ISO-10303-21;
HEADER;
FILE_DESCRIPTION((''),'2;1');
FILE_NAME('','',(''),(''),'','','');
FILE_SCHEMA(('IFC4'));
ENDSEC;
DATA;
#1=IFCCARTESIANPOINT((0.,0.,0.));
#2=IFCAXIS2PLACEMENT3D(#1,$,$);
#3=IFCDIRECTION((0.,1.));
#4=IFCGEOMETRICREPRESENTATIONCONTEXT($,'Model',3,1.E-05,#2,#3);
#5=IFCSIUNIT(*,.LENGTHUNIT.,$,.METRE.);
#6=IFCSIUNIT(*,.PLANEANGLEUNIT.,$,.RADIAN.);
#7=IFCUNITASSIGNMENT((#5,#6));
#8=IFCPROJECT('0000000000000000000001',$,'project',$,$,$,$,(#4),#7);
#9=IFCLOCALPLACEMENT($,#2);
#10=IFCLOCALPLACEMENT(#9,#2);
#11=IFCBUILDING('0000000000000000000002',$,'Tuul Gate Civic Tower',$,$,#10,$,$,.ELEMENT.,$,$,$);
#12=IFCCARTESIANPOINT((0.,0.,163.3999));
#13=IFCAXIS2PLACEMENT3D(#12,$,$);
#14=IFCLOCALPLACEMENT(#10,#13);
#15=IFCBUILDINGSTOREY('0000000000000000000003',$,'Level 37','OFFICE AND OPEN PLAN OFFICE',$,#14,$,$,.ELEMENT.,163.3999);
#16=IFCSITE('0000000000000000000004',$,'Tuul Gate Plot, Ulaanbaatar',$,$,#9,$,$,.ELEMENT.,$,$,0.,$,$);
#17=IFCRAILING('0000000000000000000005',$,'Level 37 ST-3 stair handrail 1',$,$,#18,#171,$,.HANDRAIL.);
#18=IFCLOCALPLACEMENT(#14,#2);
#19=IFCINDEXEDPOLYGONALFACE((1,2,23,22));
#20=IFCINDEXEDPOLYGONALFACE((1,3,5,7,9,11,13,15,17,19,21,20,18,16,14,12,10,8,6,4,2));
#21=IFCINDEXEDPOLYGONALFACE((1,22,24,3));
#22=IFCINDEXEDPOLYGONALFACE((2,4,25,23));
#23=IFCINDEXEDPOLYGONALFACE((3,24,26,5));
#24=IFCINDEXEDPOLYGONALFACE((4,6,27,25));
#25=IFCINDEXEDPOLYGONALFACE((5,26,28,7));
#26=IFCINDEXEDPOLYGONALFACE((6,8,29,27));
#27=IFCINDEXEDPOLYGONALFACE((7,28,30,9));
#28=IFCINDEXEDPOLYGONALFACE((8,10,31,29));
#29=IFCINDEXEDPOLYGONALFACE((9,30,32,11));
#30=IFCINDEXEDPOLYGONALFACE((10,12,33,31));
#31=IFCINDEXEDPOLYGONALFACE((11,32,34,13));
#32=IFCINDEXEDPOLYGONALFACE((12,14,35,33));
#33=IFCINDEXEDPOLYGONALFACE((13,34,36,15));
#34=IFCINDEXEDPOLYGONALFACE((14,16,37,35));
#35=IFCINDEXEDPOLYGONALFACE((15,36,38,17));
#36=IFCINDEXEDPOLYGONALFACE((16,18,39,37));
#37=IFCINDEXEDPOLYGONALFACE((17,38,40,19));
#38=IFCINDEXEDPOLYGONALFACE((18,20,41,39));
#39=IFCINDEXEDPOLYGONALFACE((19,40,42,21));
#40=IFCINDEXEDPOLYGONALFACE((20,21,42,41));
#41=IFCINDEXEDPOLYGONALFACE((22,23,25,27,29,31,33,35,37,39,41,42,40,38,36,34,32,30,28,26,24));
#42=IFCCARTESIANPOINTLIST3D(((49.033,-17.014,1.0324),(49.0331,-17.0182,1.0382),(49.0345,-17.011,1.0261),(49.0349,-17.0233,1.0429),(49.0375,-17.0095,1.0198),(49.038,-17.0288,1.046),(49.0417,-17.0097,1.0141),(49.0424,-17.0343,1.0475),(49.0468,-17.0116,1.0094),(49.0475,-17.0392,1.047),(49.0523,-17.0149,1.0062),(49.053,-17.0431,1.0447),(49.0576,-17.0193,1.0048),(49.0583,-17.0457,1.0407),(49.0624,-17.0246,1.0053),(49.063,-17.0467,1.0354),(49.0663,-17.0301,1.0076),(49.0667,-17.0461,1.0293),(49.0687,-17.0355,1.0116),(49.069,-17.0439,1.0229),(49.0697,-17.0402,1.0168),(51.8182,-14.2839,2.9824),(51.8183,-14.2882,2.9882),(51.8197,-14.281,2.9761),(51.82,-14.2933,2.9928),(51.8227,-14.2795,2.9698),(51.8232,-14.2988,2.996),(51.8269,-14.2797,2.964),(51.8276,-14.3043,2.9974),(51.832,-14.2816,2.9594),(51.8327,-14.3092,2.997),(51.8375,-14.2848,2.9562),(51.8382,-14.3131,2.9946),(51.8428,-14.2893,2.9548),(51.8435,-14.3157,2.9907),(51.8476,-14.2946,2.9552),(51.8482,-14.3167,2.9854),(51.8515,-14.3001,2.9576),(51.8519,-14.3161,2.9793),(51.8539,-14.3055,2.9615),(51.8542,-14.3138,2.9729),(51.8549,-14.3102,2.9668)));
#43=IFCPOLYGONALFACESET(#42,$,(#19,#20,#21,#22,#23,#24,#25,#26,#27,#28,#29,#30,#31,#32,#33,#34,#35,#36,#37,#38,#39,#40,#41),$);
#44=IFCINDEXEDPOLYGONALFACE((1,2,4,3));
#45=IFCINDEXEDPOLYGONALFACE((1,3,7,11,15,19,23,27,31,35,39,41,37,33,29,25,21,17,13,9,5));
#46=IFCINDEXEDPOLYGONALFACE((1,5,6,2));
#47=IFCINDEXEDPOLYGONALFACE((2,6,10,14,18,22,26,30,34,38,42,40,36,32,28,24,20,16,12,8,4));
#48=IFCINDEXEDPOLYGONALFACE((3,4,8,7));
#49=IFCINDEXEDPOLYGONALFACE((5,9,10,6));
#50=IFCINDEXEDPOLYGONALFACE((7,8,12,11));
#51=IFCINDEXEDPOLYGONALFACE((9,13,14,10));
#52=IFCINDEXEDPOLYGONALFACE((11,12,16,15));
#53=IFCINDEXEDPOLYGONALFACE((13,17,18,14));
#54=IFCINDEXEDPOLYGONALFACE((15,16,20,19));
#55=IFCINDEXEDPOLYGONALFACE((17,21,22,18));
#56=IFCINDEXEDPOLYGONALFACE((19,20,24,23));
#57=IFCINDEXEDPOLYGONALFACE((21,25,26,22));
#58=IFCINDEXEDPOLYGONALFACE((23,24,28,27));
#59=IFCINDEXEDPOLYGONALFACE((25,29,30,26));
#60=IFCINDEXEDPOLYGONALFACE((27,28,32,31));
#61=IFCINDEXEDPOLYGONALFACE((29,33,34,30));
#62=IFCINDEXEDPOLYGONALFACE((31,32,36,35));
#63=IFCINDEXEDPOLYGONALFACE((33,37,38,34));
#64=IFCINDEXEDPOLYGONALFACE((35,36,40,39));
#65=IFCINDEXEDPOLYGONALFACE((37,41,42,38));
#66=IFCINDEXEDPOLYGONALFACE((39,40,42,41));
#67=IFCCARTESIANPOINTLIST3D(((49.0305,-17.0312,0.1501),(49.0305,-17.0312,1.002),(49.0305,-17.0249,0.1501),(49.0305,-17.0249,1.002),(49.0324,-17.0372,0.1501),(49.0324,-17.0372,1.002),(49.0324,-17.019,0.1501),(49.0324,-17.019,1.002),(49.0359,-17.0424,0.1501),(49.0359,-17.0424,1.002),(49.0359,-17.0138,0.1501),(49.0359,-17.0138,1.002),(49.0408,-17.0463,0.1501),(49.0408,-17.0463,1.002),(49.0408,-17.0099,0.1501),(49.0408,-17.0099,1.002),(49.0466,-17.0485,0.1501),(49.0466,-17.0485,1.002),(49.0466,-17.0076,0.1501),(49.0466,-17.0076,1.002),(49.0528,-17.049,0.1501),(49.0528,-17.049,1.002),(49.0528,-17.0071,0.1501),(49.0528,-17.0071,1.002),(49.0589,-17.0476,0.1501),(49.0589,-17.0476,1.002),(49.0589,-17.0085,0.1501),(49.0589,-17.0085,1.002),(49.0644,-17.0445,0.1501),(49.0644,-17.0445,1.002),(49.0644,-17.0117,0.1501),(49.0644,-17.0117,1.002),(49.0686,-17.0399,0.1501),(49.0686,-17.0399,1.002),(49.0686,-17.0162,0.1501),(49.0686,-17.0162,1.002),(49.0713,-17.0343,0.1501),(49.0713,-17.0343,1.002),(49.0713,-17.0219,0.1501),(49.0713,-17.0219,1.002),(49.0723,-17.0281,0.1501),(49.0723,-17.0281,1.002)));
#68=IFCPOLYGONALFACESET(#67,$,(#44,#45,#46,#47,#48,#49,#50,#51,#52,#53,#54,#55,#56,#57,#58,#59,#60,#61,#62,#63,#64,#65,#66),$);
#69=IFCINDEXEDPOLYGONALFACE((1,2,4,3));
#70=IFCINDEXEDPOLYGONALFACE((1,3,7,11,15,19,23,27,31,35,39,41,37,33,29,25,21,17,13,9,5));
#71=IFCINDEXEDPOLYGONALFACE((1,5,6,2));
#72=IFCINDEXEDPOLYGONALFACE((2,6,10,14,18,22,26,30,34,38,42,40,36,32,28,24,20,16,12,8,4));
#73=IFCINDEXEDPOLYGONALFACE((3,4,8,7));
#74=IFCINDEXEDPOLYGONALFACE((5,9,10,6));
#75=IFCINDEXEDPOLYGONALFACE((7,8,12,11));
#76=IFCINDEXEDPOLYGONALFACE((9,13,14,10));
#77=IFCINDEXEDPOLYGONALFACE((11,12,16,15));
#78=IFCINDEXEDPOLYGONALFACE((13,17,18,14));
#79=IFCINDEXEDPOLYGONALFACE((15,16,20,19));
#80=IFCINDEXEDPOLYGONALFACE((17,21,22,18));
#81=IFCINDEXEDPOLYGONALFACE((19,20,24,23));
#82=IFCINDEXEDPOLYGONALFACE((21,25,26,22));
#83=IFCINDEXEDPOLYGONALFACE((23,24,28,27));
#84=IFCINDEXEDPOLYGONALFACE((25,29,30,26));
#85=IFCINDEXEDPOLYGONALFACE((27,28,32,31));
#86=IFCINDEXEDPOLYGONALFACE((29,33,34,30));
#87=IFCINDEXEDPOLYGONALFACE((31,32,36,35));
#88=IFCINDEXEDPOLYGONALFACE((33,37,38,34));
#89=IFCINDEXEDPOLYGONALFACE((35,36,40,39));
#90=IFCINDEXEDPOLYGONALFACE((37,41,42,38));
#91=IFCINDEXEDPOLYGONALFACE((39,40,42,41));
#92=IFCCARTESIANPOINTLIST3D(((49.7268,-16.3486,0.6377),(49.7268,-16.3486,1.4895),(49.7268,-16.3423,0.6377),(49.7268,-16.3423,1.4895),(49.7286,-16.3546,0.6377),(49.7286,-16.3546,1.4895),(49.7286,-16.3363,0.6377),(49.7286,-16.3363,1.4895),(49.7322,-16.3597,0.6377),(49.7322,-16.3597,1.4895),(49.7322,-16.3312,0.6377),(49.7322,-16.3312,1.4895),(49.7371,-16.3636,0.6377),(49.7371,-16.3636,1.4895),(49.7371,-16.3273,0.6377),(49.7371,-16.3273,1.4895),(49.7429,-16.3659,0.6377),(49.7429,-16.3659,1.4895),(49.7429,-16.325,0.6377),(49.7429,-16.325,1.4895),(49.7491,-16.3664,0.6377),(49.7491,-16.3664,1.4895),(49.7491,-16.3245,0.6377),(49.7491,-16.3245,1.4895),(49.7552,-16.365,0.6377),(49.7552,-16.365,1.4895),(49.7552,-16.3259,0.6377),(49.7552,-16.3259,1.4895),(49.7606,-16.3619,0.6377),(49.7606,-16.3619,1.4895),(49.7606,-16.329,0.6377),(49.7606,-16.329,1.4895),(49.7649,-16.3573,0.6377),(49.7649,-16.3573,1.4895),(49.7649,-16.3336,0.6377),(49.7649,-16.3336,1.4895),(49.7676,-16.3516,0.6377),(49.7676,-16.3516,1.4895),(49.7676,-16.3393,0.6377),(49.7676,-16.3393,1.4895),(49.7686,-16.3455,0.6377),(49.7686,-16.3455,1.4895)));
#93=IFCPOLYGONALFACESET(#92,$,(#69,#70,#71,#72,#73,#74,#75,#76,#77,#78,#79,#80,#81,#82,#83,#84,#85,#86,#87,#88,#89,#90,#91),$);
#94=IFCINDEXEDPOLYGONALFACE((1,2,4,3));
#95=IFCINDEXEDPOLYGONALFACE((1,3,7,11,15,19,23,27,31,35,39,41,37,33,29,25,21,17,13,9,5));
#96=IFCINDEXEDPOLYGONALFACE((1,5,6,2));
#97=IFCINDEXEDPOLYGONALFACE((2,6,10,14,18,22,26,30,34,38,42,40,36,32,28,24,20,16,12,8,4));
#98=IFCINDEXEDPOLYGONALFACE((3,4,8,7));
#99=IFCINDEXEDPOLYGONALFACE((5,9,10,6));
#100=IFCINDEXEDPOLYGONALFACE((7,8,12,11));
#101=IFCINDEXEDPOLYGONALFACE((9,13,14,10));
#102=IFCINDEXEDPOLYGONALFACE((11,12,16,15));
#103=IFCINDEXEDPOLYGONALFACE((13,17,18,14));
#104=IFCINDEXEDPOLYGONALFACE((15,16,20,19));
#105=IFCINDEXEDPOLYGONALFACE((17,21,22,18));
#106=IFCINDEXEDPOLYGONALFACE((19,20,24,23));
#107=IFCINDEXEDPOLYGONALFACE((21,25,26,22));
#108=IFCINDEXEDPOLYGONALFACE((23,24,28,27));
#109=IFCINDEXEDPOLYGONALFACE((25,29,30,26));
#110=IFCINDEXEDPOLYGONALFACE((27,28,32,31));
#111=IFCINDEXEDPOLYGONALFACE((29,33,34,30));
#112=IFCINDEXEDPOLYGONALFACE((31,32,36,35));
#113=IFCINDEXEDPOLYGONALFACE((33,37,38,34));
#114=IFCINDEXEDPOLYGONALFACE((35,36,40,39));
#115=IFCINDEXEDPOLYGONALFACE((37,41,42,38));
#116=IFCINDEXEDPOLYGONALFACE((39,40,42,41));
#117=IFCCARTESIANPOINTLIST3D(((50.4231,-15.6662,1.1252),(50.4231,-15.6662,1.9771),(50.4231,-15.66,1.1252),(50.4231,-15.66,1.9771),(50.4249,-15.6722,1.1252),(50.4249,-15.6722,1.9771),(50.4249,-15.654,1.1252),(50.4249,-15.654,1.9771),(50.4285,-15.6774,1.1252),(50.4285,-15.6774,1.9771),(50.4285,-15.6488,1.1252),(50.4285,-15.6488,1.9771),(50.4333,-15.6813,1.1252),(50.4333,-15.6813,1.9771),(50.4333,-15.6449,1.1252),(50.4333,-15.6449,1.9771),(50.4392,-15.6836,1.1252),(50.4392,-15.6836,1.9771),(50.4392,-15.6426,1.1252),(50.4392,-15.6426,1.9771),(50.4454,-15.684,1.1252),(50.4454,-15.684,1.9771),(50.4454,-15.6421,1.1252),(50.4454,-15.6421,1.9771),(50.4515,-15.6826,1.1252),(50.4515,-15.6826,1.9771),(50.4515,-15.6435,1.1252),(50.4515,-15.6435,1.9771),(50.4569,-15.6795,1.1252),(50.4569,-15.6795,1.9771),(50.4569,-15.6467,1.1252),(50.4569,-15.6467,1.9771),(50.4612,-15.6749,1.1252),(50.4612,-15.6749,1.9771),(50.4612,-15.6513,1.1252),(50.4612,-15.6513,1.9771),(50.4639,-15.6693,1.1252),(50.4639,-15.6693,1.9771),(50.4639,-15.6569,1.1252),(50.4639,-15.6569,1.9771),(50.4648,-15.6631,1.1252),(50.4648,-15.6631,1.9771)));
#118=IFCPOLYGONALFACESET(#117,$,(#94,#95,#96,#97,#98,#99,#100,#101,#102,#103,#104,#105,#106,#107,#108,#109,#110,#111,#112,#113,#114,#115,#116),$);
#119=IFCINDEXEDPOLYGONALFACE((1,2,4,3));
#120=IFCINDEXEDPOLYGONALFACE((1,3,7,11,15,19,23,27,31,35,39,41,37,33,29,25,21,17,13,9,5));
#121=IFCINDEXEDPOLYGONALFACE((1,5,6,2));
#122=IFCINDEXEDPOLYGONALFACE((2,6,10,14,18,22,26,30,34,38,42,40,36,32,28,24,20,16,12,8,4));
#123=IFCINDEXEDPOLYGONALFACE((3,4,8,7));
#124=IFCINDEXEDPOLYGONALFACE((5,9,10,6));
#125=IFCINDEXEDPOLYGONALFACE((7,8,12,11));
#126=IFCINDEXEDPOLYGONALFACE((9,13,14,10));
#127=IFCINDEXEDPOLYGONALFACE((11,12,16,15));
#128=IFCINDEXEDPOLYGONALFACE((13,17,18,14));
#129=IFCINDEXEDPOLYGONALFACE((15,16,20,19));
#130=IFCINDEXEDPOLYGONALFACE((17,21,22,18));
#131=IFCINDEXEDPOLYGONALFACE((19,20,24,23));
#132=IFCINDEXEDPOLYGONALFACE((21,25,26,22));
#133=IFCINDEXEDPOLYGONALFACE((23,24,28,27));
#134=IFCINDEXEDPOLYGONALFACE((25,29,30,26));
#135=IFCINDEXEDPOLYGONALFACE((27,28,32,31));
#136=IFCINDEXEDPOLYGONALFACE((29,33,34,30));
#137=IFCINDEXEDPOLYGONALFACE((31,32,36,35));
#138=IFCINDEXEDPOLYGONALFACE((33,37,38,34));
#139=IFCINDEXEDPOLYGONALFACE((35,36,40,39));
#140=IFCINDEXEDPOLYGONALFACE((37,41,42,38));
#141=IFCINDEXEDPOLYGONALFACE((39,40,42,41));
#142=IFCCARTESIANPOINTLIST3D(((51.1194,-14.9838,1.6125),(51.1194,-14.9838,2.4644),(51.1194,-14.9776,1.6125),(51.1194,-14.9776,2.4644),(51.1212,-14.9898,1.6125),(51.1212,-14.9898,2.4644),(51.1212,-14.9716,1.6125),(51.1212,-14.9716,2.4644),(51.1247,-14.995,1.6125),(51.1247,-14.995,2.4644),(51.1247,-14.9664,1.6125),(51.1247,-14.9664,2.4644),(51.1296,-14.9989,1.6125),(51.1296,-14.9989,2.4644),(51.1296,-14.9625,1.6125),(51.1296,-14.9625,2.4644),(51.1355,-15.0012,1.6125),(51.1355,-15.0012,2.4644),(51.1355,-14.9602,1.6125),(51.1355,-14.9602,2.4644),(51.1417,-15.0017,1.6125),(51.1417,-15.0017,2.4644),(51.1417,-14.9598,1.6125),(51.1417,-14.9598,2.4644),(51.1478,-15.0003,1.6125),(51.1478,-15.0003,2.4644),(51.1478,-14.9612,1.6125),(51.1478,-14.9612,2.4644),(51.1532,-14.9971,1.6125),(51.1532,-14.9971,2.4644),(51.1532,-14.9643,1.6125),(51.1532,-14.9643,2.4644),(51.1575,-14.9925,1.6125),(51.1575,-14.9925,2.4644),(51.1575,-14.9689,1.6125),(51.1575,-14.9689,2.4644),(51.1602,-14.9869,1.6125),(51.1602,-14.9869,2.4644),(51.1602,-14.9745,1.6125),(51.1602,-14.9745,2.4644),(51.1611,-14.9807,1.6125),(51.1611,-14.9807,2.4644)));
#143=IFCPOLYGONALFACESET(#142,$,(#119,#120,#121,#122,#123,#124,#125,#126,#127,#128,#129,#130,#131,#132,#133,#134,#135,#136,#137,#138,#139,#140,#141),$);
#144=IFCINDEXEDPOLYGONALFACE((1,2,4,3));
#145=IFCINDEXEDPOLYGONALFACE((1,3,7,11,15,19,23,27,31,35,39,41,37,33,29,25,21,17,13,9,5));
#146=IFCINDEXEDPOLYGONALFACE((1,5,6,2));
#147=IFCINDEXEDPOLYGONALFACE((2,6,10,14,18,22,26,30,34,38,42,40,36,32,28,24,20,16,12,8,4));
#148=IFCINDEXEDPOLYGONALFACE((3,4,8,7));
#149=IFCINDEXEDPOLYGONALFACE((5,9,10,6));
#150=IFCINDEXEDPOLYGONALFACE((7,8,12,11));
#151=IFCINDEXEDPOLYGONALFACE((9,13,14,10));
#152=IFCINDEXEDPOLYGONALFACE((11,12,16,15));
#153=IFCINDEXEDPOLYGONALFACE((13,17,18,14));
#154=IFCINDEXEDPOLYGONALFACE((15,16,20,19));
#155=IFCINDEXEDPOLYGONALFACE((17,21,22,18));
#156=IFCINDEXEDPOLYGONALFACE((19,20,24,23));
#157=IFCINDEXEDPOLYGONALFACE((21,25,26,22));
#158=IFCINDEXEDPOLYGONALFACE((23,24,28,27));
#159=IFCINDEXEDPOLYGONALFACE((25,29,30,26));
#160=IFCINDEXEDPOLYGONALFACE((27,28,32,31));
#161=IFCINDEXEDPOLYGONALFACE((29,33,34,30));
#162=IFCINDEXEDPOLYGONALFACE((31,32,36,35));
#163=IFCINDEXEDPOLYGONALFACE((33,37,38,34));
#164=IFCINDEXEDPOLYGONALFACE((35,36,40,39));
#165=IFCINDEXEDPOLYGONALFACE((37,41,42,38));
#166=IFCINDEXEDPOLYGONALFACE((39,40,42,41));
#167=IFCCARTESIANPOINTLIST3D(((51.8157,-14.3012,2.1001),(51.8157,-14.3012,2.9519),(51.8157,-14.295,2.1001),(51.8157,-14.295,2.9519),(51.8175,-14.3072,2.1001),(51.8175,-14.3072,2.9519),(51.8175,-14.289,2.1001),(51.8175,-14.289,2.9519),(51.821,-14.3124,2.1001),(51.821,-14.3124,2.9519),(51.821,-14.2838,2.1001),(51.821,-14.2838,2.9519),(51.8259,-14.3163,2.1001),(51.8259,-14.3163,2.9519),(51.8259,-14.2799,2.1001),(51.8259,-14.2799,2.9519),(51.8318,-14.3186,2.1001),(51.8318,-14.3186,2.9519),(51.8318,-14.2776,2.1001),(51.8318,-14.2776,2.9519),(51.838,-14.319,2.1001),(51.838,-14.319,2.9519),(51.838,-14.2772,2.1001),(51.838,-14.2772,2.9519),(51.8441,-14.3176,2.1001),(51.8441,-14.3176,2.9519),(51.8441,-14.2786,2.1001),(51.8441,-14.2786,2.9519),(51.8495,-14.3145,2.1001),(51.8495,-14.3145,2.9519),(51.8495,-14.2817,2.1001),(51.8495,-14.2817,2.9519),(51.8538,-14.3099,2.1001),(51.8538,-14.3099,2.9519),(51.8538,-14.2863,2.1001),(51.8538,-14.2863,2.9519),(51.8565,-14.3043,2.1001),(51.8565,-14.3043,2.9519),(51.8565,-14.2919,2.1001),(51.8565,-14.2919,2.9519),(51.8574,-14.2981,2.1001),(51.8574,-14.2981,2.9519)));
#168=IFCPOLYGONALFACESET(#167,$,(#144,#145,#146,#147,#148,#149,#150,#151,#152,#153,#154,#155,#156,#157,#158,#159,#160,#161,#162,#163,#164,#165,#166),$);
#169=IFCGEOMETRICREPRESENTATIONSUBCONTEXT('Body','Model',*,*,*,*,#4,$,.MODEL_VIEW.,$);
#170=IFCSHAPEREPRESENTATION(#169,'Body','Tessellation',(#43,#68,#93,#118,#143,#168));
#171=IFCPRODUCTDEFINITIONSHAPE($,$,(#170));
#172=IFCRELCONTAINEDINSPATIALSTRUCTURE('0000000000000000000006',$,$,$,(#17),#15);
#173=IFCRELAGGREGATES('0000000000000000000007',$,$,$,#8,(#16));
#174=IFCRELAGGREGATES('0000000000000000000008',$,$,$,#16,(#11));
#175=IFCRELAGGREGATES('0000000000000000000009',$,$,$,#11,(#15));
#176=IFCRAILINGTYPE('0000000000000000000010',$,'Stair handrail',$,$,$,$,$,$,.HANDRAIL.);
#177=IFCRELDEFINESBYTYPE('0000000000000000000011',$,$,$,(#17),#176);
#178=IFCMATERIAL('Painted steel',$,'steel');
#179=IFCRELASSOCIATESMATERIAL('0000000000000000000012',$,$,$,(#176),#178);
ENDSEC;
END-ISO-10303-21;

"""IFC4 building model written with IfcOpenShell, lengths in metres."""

from ifc_helpers import new_model, si_unit, direction, frame, origin, origin_2d, place, context, subcontext, project, spatial, circle, extrude, material, type_object, element, save


model = new_model("IFC4")

# Units and contexts
model_context = context("Model", 3, precision=1e-05, world=origin(), true_north=direction((0.0, 1.0)))
body_context = subcontext(model_context, "Body", "Model", "MODEL_VIEW")
ifc_project = project(units=[si_unit("LENGTHUNIT", "METRE"), si_unit("PLANEANGLEUNIT", "RADIAN")], contexts=[model_context])

# Site, building, storey
site_placement = place(None, origin())
site = spatial("IfcSite", under=ifc_project, at=site_placement, Name="Tuul Gate Plot, Ulaanbaatar", CompositionType="ELEMENT", RefElevation=0.0)
building_placement = place(site_placement, origin())
building = spatial("IfcBuilding", under=site, at=building_placement, Name="Tuul Gate Civic Tower", CompositionType="ELEMENT")
storey_placement = place(building_placement, frame((0.0, 0.0, 163.3999)))
storey = spatial("IfcBuildingStorey", under=building, at=storey_placement, Name="Level 37", Description="OFFICE AND OPEN PLAN OFFICE", CompositionType="ELEMENT", Elevation=163.3999)

# Railing
ifc_material_1 = material(Name="Painted steel", Category="steel")
railing_type_1 = type_object("IfcRailingType", Name="Stair handrail", PredefinedType="HANDRAIL", material=ifc_material_1)
railing_1_placement = place(storey_placement, frame((49.0513, -17.0281, 0.1501)))
element("IfcRailing", 1, at=railing_1_placement, inside=storey, type_object=railing_type_1, Name="Level 37 ST-3 stair handrail 1", PredefinedType="HANDRAIL", context=body_context, shape_type="SweptSolid", body=[
    extrude(circle(Radius=0.0239, at=origin_2d()), frame((0.0, 0.0, 0.876), z_axis=(0.638754, 0.6261, 0.447206), x_axis=(-0.699998, 0.714145, 0.0)), (0.0, 0.0, 1.0), 4.3604),
    extrude(circle(Radius=0.021, at=origin_2d()), origin(), (0.0, 0.0, 1.0), 0.8518),
    extrude(circle(Radius=0.021, at=origin_2d()), frame((0.6963, 0.6826, 0.4875)), (0.0, 0.0, 1.0), 0.8518),
    extrude(circle(Radius=0.021, at=origin_2d()), frame((1.3926, 1.365, 0.9751)), (0.0, 0.0, 1.0), 0.8518),
    extrude(circle(Radius=0.021, at=origin_2d()), frame((2.0889, 2.0474, 1.4624)), (0.0, 0.0, 1.0), 0.8518),
    extrude(circle(Radius=0.021, at=origin_2d()), frame((2.7852, 2.73, 1.95)), (0.0, 0.0, 1.0), 0.8518),
])

save(model, "model.ifc")
